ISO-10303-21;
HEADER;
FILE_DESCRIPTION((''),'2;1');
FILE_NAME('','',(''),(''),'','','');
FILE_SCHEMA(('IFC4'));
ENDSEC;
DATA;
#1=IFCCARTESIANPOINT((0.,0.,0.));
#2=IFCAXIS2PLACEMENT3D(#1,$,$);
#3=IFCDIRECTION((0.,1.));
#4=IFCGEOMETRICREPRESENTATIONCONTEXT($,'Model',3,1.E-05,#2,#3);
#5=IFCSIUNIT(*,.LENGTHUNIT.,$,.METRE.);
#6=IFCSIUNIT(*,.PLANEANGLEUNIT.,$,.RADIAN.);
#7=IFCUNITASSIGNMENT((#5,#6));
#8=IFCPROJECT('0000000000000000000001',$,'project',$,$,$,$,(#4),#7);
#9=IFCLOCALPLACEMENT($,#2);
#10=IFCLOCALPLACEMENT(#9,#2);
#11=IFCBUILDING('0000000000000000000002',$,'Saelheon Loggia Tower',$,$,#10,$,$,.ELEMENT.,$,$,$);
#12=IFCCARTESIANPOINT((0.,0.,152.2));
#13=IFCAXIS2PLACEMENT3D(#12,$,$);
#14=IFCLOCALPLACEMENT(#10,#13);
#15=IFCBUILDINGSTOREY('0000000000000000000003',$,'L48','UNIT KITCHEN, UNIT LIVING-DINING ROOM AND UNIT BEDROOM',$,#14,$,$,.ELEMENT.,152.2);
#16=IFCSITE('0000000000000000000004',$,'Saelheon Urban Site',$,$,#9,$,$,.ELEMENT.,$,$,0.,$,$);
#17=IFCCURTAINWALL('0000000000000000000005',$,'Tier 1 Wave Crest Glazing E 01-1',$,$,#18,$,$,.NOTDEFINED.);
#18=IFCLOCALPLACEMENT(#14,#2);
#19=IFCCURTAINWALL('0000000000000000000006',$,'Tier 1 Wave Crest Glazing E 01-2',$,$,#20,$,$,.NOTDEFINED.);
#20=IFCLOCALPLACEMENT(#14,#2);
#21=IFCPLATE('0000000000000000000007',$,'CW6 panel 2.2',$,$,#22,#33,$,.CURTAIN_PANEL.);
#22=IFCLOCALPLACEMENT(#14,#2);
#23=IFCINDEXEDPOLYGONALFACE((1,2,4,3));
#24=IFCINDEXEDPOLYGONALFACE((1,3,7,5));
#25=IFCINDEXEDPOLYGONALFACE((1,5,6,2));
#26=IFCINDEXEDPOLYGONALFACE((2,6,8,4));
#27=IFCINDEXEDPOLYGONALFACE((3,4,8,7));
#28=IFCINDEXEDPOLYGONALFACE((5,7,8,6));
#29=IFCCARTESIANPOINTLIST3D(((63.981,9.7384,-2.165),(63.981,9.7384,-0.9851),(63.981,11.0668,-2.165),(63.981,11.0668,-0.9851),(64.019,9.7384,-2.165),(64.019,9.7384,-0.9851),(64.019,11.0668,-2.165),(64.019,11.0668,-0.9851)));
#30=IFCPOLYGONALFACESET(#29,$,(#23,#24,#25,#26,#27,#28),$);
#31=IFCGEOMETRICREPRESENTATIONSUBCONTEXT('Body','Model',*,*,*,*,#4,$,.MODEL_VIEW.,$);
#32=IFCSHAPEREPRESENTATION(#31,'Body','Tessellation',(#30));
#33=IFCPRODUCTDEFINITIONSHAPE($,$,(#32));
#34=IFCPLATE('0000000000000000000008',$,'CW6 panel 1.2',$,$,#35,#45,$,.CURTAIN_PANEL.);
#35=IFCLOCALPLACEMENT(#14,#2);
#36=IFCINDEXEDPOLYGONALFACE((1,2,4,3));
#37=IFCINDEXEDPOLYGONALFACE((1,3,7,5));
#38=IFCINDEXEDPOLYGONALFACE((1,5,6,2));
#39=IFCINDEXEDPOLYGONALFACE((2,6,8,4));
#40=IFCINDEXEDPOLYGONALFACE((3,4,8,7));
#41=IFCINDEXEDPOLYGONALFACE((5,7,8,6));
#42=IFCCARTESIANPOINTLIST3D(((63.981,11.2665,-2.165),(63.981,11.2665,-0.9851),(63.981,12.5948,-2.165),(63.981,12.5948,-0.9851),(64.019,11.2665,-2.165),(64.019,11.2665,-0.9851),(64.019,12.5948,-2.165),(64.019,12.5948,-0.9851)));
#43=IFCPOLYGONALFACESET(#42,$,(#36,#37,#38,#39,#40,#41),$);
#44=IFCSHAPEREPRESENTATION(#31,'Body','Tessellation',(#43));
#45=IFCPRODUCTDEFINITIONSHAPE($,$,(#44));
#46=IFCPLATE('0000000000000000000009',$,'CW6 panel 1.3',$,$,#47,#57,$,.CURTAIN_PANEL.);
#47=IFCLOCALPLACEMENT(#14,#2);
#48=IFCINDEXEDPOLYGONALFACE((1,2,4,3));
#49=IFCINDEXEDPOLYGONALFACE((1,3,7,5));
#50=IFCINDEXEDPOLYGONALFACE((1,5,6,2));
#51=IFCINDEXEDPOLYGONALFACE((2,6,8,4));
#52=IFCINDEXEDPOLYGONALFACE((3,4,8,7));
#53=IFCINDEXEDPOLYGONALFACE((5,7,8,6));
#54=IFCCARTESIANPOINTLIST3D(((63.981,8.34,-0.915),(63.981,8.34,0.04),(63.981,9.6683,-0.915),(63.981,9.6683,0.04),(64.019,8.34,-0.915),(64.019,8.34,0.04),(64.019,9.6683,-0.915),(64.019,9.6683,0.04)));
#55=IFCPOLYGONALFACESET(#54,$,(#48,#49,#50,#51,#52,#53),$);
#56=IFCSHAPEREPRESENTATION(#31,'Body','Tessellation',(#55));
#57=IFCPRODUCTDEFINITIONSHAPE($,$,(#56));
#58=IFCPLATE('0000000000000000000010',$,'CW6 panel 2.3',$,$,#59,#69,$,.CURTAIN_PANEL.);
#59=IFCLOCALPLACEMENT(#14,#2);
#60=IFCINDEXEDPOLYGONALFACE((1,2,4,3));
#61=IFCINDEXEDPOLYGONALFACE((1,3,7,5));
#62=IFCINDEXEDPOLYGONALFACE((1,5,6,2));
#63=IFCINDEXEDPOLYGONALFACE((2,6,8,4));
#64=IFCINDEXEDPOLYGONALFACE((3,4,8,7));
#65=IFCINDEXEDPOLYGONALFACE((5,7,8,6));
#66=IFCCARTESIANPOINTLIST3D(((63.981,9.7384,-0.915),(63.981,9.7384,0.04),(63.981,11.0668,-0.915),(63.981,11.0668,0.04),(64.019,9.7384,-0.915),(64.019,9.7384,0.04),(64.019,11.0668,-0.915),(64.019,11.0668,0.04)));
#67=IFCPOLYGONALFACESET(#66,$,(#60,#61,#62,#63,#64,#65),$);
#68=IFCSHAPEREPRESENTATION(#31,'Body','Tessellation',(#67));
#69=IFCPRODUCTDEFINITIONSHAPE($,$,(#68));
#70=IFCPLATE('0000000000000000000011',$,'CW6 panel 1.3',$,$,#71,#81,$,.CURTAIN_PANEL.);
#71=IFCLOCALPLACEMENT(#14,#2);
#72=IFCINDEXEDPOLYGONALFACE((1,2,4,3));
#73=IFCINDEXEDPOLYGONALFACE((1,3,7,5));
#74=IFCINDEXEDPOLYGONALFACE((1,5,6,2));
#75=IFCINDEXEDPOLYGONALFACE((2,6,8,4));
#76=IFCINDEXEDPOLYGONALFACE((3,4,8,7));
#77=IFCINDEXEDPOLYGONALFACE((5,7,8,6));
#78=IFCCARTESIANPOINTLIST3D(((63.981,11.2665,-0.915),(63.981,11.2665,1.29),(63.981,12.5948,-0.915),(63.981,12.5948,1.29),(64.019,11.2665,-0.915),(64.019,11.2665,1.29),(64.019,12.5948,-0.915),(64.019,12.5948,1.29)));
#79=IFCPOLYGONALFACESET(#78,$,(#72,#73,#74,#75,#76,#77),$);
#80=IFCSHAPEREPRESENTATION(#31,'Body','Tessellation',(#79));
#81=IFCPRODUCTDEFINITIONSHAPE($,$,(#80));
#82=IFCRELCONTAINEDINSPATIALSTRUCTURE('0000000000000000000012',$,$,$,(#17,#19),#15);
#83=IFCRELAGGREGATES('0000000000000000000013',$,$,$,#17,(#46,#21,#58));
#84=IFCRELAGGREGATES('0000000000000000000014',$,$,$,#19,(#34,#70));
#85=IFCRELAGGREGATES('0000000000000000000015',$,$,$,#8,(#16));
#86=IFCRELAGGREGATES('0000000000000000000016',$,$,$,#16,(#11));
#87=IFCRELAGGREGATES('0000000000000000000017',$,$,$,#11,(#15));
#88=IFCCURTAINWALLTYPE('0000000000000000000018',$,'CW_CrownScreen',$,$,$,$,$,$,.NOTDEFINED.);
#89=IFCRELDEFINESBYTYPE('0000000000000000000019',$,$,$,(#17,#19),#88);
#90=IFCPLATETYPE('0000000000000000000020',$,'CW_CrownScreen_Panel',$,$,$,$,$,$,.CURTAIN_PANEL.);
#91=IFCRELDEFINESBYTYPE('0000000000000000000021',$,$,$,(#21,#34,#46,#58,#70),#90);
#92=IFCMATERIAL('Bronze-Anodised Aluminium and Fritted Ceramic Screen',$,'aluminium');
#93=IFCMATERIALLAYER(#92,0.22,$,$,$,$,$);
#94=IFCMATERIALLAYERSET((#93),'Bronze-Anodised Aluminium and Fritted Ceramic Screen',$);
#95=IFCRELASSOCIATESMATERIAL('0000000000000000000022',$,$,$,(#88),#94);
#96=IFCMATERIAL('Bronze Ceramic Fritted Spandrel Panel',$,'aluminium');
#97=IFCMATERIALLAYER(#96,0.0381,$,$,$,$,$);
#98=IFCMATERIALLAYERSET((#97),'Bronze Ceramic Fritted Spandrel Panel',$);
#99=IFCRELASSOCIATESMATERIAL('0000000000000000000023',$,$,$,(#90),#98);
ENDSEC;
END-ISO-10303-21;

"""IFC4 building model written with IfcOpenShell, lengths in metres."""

from ifc_helpers import new_model, si_unit, direction, frame, origin, origin_2d, place, context, subcontext, project, spatial, rectangle, extrude, source, transform, mapped, material, layer, layer_set, type_object, element, aggregate, save


model = new_model("IFC4")

# Units and contexts
model_context = context("Model", 3, precision=1e-05, world=origin(), true_north=direction((0.0, 1.0)))
body_context = subcontext(model_context, "Body", "Model", "MODEL_VIEW")
ifc_project = project(units=[si_unit("LENGTHUNIT", "METRE"), si_unit("PLANEANGLEUNIT", "RADIAN")], contexts=[model_context])

# Site, building, storey
site_placement = place(None, origin())
site = spatial("IfcSite", under=ifc_project, at=site_placement, Name="Saelheon Urban Site", CompositionType="ELEMENT", RefElevation=0.0)
building_placement = place(site_placement, origin())
building = spatial("IfcBuilding", under=site, at=building_placement, Name="Saelheon Loggia Tower", CompositionType="ELEMENT")
storey_placement = place(building_placement, frame((0.0, 0.0, 152.2)))
storey = spatial("IfcBuildingStorey", under=building, at=storey_placement, Name="L48", Description="UNIT KITCHEN, UNIT LIVING-DINING ROOM AND UNIT BEDROOM", CompositionType="ELEMENT", Elevation=152.2)

# Curtain walls
ifc_material_1 = material(Name="Bronze-Anodised Aluminium and Fritted Ceramic Screen", Category="aluminium")
ifc_layer_1 = layer(ifc_material_1, 0.22)
ifc_layer_set_1 = layer_set([ifc_layer_1], Name="Bronze-Anodised Aluminium and Fritted Ceramic Screen")
curtain_wall_type = type_object("IfcCurtainWallType", Name="CW_CrownScreen", PredefinedType="NOTDEFINED", material=ifc_layer_set_1)
curtain_wall_1_placement = place(storey_placement, origin())
curtain_wall_1 = element("IfcCurtainWall", 1, at=curtain_wall_1_placement, inside=storey, type_object=curtain_wall_type, Name="Tier 1 Wave Crest Glazing E 01-1", PredefinedType="NOTDEFINED")
curtain_wall_2_placement = place(storey_placement, origin())
curtain_wall_2 = element("IfcCurtainWall", 2, at=curtain_wall_2_placement, inside=storey, type_object=curtain_wall_type, Name="Tier 1 Wave Crest Glazing E 01-2", PredefinedType="NOTDEFINED")

# Plates
ifc_material_2 = material(Name="Bronze Ceramic Fritted Spandrel Panel", Category="aluminium")
ifc_layer_2 = layer(ifc_material_2, 0.0381)
ifc_layer_set_2 = layer_set([ifc_layer_2], Name="Bronze Ceramic Fritted Spandrel Panel")
plate_type = type_object("IfcPlateType", Name="CW_CrownScreen_Panel", PredefinedType="CURTAIN_PANEL", material=ifc_layer_set_2)
shared_shape_1 = source(origin(), body_context, "Body", "SweptSolid", [
    extrude(rectangle(XDim=1.3284, YDim=0.0381, at=origin_2d()), origin(), (0.0, 0.0, 1.0), 1.1799),
])
plate_1_placement = place(storey_placement, frame((64.0, 10.4026, -2.165), z_axis=(0.0, 0.0, 1.0), x_axis=(0.0, 1.0, 0.0)))
plate_1 = element("IfcPlate", 3, at=plate_1_placement, type_object=plate_type, Name="CW6 panel 2.2", PredefinedType="CURTAIN_PANEL", context=body_context, shape_type="MappedRepresentation", body=[
    mapped(shared_shape_1, transform((0.0, 0.0, 0.0), scale=1.0)),
])
plate_2_placement = place(storey_placement, frame((64.0, 11.9307, -2.165), z_axis=(0.0, 0.0, 1.0), x_axis=(0.0, 1.0, 0.0)))
plate_2 = element("IfcPlate", 4, at=plate_2_placement, type_object=plate_type, Name="CW6 panel 1.2", PredefinedType="CURTAIN_PANEL", context=body_context, shape_type="MappedRepresentation", body=[
    mapped(shared_shape_1, transform((0.0, 0.0, 0.0), scale=1.0)),
])
shared_shape_2 = source(origin(), body_context, "Body", "SweptSolid", [
    extrude(rectangle(XDim=1.3284, YDim=0.0381, at=origin_2d()), origin(), (0.0, 0.0, 1.0), 0.9551),
])
plate_3_placement = place(storey_placement, frame((64.0, 9.0042, -0.915), z_axis=(0.0, 0.0, 1.0), x_axis=(0.0, 1.0, 0.0)))
plate_3 = element("IfcPlate", 5, at=plate_3_placement, type_object=plate_type, Name="CW6 panel 1.3", PredefinedType="CURTAIN_PANEL", context=body_context, shape_type="MappedRepresentation", body=[
    mapped(shared_shape_2, transform((0.0, 0.0, 0.0), scale=1.0)),
])
plate_4_placement = place(storey_placement, frame((64.0, 10.4026, -0.915), z_axis=(0.0, 0.0, 1.0), x_axis=(0.0, 1.0, 0.0)))
plate_4 = element("IfcPlate", 6, at=plate_4_placement, type_object=plate_type, Name="CW6 panel 2.3", PredefinedType="CURTAIN_PANEL", context=body_context, shape_type="MappedRepresentation", body=[
    mapped(shared_shape_2, transform((0.0, 0.0, 0.0), scale=1.0)),
])
aggregate(curtain_wall_1, [plate_3, plate_1, plate_4])
shared_shape_3 = source(origin(), body_context, "Body", "SweptSolid", [
    extrude(rectangle(XDim=1.3284, YDim=0.0381, at=origin_2d()), origin(), (0.0, 0.0, 1.0), 2.2051),
])
plate_5_placement = place(storey_placement, frame((64.0, 11.9307, -0.915), z_axis=(0.0, 0.0, 1.0), x_axis=(0.0, 1.0, 0.0)))
plate_5 = element("IfcPlate", 7, at=plate_5_placement, type_object=plate_type, Name="CW6 panel 1.3", PredefinedType="CURTAIN_PANEL", context=body_context, shape_type="MappedRepresentation", body=[
    mapped(shared_shape_3, transform((0.0, 0.0, 0.0), scale=1.0)),
])
aggregate(curtain_wall_2, [plate_2, plate_5])

save(model, "model.ifc")
